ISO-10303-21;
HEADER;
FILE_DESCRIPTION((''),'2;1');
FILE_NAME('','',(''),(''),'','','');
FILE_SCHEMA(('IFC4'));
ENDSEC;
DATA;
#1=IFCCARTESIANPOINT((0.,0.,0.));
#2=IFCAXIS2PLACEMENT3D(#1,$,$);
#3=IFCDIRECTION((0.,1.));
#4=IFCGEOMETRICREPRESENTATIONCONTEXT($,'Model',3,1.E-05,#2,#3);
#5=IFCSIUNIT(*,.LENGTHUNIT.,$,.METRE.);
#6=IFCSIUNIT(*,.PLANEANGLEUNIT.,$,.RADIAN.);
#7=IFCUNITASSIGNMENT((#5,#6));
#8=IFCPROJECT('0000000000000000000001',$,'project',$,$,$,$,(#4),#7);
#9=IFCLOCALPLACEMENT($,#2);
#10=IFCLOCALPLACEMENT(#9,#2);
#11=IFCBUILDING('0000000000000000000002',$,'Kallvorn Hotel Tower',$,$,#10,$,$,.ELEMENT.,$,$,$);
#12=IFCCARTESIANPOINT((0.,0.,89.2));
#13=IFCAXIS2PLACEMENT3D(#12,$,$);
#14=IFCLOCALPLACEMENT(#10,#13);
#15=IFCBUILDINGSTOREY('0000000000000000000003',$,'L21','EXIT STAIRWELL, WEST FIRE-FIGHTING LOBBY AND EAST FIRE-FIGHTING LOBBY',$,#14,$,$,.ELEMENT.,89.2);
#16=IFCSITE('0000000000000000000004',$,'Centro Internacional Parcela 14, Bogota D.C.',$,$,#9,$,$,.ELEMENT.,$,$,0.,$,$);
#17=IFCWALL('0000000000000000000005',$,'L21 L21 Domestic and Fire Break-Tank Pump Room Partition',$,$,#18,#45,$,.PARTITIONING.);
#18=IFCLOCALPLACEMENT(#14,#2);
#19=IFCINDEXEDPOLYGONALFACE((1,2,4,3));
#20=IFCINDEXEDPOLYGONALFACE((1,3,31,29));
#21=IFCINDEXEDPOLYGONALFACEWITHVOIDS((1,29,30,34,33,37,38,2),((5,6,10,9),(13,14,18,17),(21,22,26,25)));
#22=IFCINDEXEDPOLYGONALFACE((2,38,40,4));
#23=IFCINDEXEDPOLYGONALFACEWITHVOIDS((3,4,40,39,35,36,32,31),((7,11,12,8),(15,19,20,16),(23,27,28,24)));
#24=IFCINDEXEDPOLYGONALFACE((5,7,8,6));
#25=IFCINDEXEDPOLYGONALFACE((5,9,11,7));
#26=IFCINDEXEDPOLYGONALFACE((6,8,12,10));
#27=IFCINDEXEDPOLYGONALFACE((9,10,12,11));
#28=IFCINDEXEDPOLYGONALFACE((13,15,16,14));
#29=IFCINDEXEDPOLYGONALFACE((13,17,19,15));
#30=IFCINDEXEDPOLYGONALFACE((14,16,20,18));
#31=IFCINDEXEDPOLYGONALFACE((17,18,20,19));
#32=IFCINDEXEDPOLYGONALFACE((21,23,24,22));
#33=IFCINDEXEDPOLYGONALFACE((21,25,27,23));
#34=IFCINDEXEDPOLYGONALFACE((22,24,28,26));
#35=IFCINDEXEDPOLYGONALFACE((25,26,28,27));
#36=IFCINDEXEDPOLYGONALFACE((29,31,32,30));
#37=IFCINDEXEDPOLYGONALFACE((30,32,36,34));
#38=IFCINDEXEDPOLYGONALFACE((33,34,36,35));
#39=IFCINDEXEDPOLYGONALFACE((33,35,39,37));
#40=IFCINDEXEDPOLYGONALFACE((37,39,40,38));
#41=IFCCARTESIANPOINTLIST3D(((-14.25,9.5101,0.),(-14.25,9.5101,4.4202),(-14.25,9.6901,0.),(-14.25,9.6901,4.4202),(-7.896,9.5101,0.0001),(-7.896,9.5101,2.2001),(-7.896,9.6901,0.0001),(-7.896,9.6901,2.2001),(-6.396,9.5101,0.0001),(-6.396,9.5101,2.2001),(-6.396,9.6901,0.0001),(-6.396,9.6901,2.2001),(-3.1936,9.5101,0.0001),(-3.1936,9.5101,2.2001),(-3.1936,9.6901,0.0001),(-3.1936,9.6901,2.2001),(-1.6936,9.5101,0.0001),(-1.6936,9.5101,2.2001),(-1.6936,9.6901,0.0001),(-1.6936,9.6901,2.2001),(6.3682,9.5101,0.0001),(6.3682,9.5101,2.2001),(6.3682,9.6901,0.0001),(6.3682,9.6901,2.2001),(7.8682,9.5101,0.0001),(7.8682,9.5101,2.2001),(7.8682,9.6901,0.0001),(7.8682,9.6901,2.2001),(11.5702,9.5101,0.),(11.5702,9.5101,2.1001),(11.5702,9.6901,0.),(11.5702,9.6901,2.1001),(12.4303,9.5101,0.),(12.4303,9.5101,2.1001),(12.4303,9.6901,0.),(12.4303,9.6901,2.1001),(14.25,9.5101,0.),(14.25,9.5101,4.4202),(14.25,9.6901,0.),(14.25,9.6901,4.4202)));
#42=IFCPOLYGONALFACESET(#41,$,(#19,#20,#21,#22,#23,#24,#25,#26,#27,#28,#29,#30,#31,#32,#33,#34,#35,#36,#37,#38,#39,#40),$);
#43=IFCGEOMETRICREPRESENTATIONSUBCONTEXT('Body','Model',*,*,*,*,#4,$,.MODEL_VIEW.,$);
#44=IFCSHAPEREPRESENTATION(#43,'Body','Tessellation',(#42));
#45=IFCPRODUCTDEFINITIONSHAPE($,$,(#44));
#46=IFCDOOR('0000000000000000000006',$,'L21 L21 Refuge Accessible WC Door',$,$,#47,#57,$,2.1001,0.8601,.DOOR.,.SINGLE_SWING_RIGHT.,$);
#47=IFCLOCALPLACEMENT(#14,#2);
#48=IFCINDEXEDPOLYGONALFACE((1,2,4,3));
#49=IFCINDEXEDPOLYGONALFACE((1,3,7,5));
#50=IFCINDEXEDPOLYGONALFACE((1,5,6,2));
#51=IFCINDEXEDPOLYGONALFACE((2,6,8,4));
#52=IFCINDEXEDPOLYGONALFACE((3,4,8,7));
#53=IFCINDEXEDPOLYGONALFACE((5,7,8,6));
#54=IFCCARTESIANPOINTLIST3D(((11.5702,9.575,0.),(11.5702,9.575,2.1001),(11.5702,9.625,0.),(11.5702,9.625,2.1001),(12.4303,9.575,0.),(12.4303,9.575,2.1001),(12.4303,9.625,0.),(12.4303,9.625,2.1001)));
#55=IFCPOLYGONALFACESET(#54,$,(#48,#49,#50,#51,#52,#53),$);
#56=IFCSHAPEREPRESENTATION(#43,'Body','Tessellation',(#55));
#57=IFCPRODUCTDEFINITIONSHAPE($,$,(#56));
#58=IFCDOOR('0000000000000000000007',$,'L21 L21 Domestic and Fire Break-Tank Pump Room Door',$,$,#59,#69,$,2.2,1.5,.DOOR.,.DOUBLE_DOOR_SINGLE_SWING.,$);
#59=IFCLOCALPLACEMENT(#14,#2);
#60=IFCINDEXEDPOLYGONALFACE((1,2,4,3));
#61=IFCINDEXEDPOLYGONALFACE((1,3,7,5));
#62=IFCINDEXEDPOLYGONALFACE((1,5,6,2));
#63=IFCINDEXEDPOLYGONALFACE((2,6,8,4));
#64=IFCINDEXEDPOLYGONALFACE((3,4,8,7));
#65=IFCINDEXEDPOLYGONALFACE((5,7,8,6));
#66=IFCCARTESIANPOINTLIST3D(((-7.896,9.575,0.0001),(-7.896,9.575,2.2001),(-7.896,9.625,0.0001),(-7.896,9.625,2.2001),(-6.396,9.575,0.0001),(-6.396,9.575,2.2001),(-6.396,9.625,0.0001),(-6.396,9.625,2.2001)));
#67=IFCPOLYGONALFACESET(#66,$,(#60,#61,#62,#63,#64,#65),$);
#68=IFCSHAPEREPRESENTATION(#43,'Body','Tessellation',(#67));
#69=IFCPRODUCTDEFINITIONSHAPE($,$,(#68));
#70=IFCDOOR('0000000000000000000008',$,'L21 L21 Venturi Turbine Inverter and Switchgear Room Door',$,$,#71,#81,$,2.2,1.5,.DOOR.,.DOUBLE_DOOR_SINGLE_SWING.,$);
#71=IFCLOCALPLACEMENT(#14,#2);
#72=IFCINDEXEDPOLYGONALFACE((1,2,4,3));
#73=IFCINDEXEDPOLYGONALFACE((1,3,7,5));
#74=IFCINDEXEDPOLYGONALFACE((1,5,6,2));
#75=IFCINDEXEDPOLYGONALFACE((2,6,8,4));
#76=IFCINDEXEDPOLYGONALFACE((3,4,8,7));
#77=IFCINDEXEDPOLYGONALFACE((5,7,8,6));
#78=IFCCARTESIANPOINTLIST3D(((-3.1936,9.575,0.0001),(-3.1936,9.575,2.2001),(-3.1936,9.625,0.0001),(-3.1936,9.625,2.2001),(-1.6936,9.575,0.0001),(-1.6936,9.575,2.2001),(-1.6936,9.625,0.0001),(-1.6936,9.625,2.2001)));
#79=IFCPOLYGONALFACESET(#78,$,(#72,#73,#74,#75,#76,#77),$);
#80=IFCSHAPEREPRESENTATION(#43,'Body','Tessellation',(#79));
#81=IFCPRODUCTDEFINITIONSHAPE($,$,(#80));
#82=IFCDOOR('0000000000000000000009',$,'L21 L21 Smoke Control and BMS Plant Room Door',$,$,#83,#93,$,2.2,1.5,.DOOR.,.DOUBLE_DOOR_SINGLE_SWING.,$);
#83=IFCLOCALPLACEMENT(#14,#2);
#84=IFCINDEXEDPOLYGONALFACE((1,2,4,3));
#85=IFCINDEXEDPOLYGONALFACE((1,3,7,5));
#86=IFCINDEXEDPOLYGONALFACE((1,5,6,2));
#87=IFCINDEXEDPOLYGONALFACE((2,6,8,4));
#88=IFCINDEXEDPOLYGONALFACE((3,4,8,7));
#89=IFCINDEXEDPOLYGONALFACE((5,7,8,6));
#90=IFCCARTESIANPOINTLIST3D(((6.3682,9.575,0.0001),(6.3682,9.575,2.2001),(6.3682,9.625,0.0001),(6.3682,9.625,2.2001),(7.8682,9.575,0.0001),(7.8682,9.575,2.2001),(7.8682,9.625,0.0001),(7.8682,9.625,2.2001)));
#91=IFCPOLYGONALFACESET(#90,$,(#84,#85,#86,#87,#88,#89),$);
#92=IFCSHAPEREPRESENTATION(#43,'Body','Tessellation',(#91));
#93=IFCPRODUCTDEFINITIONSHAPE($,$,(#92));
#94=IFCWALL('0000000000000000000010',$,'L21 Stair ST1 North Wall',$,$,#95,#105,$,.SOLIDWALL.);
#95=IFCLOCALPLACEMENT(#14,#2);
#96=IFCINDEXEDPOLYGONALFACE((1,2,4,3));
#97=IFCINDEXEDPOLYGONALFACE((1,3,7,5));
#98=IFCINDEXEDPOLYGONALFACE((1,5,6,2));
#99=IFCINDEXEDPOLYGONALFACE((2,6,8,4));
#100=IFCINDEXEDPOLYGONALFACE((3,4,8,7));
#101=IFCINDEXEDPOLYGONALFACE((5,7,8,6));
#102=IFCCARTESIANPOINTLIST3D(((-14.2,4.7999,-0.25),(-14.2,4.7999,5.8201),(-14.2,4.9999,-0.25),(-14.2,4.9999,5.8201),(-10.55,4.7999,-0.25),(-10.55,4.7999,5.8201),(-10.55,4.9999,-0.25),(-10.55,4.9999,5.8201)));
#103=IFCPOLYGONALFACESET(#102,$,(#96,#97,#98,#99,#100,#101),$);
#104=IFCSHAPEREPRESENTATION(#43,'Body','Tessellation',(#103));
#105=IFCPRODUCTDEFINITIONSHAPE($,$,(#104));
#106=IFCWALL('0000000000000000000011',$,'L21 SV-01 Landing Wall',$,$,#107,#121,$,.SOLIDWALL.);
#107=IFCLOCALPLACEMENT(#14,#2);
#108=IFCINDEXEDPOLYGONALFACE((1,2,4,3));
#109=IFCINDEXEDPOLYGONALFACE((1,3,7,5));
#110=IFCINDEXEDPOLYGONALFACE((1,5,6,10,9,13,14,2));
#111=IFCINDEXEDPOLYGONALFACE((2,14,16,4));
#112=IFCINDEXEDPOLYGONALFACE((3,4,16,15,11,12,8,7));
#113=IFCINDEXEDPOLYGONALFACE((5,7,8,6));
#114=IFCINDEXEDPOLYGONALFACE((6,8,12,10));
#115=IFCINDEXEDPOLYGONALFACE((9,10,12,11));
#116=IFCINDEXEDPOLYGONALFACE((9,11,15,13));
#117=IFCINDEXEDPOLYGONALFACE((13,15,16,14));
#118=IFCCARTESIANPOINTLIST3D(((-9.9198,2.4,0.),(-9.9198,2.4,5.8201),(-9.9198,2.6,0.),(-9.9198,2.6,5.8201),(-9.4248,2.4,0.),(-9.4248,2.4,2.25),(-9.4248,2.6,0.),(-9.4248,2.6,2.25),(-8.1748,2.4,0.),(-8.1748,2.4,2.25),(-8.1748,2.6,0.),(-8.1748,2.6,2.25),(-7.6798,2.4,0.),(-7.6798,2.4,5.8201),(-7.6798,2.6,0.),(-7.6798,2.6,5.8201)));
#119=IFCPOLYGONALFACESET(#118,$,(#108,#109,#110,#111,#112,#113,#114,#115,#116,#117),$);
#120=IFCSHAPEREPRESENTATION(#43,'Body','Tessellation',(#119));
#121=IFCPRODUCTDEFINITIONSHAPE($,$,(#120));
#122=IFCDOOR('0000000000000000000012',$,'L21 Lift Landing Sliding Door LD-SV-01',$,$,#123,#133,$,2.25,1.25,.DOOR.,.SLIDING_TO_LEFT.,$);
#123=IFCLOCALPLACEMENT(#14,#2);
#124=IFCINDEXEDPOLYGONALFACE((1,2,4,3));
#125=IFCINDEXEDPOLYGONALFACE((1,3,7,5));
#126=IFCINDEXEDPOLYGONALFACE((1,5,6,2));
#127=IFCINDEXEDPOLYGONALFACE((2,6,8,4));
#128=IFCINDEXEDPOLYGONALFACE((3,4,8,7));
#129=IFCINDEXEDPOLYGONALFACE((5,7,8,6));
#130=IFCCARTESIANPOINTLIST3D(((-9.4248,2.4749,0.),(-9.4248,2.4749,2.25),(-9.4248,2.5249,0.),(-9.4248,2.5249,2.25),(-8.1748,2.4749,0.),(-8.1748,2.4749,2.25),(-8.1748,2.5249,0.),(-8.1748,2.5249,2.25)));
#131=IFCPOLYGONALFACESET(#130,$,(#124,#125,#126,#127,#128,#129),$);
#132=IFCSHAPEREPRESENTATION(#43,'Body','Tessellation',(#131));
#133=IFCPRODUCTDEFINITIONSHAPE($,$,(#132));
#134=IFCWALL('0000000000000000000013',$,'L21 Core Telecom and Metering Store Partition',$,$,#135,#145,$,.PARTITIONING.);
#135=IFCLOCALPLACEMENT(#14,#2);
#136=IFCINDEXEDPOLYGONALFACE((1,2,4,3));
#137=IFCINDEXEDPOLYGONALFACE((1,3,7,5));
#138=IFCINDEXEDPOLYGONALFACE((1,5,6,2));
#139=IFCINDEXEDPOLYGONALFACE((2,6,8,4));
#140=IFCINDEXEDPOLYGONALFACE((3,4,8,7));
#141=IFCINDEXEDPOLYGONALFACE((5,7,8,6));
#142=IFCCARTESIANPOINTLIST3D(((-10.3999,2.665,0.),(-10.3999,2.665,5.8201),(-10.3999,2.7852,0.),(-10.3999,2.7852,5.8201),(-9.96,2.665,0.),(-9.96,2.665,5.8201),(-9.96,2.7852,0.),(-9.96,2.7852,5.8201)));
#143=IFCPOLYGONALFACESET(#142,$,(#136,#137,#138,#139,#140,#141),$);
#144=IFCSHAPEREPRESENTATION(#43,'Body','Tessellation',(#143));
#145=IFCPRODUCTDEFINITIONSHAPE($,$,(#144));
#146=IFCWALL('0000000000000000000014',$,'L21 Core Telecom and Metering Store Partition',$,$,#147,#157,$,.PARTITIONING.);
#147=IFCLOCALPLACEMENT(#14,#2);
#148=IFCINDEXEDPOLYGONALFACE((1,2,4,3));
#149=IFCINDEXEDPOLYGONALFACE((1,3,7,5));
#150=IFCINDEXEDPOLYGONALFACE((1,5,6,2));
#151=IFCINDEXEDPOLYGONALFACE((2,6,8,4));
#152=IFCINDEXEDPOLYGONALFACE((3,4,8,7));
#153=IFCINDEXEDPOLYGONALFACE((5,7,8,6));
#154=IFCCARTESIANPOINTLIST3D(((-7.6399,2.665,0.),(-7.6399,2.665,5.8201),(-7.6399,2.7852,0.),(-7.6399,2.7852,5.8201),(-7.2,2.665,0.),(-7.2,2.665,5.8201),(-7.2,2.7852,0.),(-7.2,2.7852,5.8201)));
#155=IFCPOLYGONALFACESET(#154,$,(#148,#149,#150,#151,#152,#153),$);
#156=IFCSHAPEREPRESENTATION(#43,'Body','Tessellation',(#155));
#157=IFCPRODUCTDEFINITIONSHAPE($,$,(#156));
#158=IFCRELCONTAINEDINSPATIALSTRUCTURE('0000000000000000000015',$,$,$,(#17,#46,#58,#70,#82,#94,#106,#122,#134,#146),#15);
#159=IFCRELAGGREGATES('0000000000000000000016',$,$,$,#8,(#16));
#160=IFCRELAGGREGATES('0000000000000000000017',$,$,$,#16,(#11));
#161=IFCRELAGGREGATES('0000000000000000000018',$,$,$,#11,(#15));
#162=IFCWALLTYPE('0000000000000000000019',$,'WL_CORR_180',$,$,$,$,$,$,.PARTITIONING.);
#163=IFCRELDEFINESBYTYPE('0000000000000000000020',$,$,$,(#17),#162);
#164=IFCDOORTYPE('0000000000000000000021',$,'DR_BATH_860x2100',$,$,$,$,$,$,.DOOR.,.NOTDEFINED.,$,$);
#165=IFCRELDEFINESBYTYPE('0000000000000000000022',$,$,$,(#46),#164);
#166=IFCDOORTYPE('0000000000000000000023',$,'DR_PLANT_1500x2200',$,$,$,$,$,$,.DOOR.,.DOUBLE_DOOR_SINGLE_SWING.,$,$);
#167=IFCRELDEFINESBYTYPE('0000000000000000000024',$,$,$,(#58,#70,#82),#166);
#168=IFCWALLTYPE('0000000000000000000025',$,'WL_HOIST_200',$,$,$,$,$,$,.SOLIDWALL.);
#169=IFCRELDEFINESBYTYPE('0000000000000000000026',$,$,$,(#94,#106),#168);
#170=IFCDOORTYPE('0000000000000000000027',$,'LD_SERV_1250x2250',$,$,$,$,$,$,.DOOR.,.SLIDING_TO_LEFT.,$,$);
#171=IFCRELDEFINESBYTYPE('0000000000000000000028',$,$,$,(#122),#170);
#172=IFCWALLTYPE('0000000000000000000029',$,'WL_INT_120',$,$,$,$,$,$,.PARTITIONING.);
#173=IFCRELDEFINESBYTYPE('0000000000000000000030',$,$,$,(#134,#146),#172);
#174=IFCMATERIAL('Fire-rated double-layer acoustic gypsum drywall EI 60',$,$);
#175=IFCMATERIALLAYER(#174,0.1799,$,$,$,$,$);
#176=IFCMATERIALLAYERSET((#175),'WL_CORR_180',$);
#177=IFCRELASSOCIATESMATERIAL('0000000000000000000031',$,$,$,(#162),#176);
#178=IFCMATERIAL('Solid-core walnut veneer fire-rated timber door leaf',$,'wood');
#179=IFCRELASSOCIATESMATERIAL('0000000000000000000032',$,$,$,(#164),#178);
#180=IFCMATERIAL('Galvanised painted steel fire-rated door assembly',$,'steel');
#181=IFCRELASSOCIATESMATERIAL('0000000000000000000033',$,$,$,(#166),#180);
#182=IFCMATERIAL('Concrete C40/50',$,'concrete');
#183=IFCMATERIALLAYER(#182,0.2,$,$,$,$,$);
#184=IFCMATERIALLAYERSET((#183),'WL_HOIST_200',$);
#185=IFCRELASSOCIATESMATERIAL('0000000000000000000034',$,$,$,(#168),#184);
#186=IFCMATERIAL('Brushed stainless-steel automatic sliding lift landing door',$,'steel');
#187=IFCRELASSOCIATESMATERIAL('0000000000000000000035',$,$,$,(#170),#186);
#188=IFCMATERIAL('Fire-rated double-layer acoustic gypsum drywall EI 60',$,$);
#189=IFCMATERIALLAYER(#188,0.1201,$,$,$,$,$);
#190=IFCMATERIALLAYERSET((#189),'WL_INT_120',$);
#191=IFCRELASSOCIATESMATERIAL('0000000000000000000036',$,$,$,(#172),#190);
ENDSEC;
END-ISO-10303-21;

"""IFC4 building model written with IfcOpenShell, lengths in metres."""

from ifc_helpers import new_model, si_unit, direction, frame, frame_2d, origin, place, context, subcontext, project, spatial, rectangle, extrude, material, layer, layer_set, type_object, element, fill, save


model = new_model("IFC4")

# Units and contexts
model_context = context("Model", 3, precision=1e-05, world=origin(), true_north=direction((0.0, 1.0)))
body_context = subcontext(model_context, "Body", "Model", "MODEL_VIEW")
ifc_project = project(units=[si_unit("LENGTHUNIT", "METRE"), si_unit("PLANEANGLEUNIT", "RADIAN")], contexts=[model_context])

# Site, building, storey
site_placement = place(None, origin())
site = spatial("IfcSite", under=ifc_project, at=site_placement, Name="Centro Internacional Parcela 14, Bogota D.C.", CompositionType="ELEMENT", RefElevation=0.0)
building_placement = place(site_placement, origin())
building = spatial("IfcBuilding", under=site, at=building_placement, Name="Kallvorn Hotel Tower", CompositionType="ELEMENT")
storey_placement = place(building_placement, frame((0.0, 0.0, 89.2)))
storey = spatial("IfcBuildingStorey", under=building, at=storey_placement, Name="L21", Description="EXIT STAIRWELL, WEST FIRE-FIGHTING LOBBY AND EAST FIRE-FIGHTING LOBBY", CompositionType="ELEMENT", Elevation=89.2)

# Wall, openings, doors
ifc_material_1 = material(Name="Fire-rated double-layer acoustic gypsum drywall EI 60")
ifc_layer_1 = layer(ifc_material_1, 0.1799)
ifc_layer_set_1 = layer_set([ifc_layer_1], Name="WL_CORR_180")
wall_type_1 = type_object("IfcWallType", Name="WL_CORR_180", PredefinedType="PARTITIONING", material=ifc_layer_set_1)
wall_1_placement = place(storey_placement, frame((-14.25, 9.6001, 0.0), z_axis=(0.0, 0.0, 1.0), x_axis=(1.0, 0.0, 0.0)))
wall_1 = element("IfcWall", 1, at=wall_1_placement, inside=storey, type_object=wall_type_1, Name="L21 L21 Domestic and Fire Break-Tank Pump Room Partition", PredefinedType="PARTITIONING", context=body_context, shape_type="SweptSolid", body=[
    extrude(rectangle(XDim=28.5, YDim=0.1799, at=frame_2d((14.25, 0.0))), origin(), (0.0, 0.0, 1.0), 4.4202),
])
opening_1_placement = place(wall_1_placement, frame((6.354, 0.0, 0.0)))
opening_1 = element("IfcOpeningElement", 2, at=opening_1_placement, cuts=wall_1, PredefinedType="OPENING", context=body_context, shape_type="SweptSolid", body=[
    extrude(rectangle(XDim=1.5, YDim=2.2, at=frame_2d((0.75, 1.1001))), frame((0.0, 0.1047, 0.0), z_axis=(0.0, -1.0, 0.0), x_axis=(1.0, 0.0, 0.0)), (0.0, 0.0, 1.0), 0.21),
])
opening_2_placement = place(wall_1_placement, frame((11.0564, 0.0, 0.0)))
opening_2 = element("IfcOpeningElement", 3, at=opening_2_placement, cuts=wall_1, PredefinedType="OPENING", context=body_context, shape_type="SweptSolid", body=[
    extrude(rectangle(XDim=1.5, YDim=2.2, at=frame_2d((0.75, 1.1001))), frame((0.0, 0.1047, 0.0), z_axis=(0.0, -1.0, 0.0), x_axis=(1.0, 0.0, 0.0)), (0.0, 0.0, 1.0), 0.21),
])
opening_3_placement = place(wall_1_placement, frame((20.6182, 0.0, 0.0)))
opening_3 = element("IfcOpeningElement", 4, at=opening_3_placement, cuts=wall_1, PredefinedType="OPENING", context=body_context, shape_type="SweptSolid", body=[
    extrude(rectangle(XDim=1.5, YDim=2.2, at=frame_2d((0.75, 1.1001))), frame((0.0, 0.1047, 0.0), z_axis=(0.0, -1.0, 0.0), x_axis=(1.0, 0.0, 0.0)), (0.0, 0.0, 1.0), 0.21),
])
opening_4_placement = place(wall_1_placement, frame((25.8201, 0.0, 0.0)))
opening_4 = element("IfcOpeningElement", 5, at=opening_4_placement, cuts=wall_1, PredefinedType="OPENING", context=body_context, shape_type="SweptSolid", body=[
    extrude(rectangle(XDim=0.8601, YDim=2.1001, at=frame_2d((0.4302, 1.05))), frame((0.0, 0.1047, 0.0), z_axis=(0.0, -1.0, 0.0), x_axis=(1.0, 0.0, 0.0)), (0.0, 0.0, 1.0), 0.21),
])
ifc_material_2 = material(Name="Solid-core walnut veneer fire-rated timber door leaf", Category="wood")
door_type_1 = type_object("IfcDoorType", Name="DR_BATH_860x2100", OperationType="NOTDEFINED", PredefinedType="DOOR", material=ifc_material_2)
door_1_placement = place(opening_4_placement, origin())
door_1 = element("IfcDoor", 6, at=door_1_placement, inside=storey, type_object=door_type_1, Name="L21 L21 Refuge Accessible WC Door", OperationType="SINGLE_SWING_RIGHT", OverallHeight=2.1001, OverallWidth=0.8601, PredefinedType="DOOR", context=body_context, shape_type="SweptSolid", body=[
    extrude(rectangle(XDim=0.8601, YDim=2.1001, at=frame_2d((0.4302, 1.05))), frame((0.0, 0.0249, 0.0), z_axis=(0.0, -1.0, 0.0), x_axis=(1.0, 0.0, 0.0)), (0.0, 0.0, 1.0), 0.05),
])
fill(opening_4, door_1)
ifc_material_3 = material(Name="Galvanised painted steel fire-rated door assembly", Category="steel")
door_type_2 = type_object("IfcDoorType", Name="DR_PLANT_1500x2200", OperationType="DOUBLE_DOOR_SINGLE_SWING", PredefinedType="DOOR", material=ifc_material_3)
door_2_placement = place(opening_1_placement, origin())
door_2 = element("IfcDoor", 7, at=door_2_placement, inside=storey, type_object=door_type_2, Name="L21 L21 Domestic and Fire Break-Tank Pump Room Door", OperationType="DOUBLE_DOOR_SINGLE_SWING", OverallHeight=2.2, OverallWidth=1.5, PredefinedType="DOOR", context=body_context, shape_type="SweptSolid", body=[
    extrude(rectangle(XDim=1.5, YDim=2.2, at=frame_2d((0.75, 1.1001))), frame((0.0, 0.0249, 0.0), z_axis=(0.0, -1.0, 0.0), x_axis=(1.0, 0.0, 0.0)), (0.0, 0.0, 1.0), 0.05),
])
fill(opening_1, door_2)
door_3_placement = place(opening_2_placement, origin())
door_3 = element("IfcDoor", 8, at=door_3_placement, inside=storey, type_object=door_type_2, Name="L21 L21 Venturi Turbine Inverter and Switchgear Room Door", OperationType="DOUBLE_DOOR_SINGLE_SWING", OverallHeight=2.2, OverallWidth=1.5, PredefinedType="DOOR", context=body_context, shape_type="SweptSolid", body=[
    extrude(rectangle(XDim=1.5, YDim=2.2, at=frame_2d((0.75, 1.1001))), frame((0.0, 0.0249, 0.0), z_axis=(0.0, -1.0, 0.0), x_axis=(1.0, 0.0, 0.0)), (0.0, 0.0, 1.0), 0.05),
])
fill(opening_2, door_3)
door_4_placement = place(opening_3_placement, origin())
door_4 = element("IfcDoor", 9, at=door_4_placement, inside=storey, type_object=door_type_2, Name="L21 L21 Smoke Control and BMS Plant Room Door", OperationType="DOUBLE_DOOR_SINGLE_SWING", OverallHeight=2.2, OverallWidth=1.5, PredefinedType="DOOR", context=body_context, shape_type="SweptSolid", body=[
    extrude(rectangle(XDim=1.5, YDim=2.2, at=frame_2d((0.75, 1.1001))), frame((0.0, 0.0249, 0.0), z_axis=(0.0, -1.0, 0.0), x_axis=(1.0, 0.0, 0.0)), (0.0, 0.0, 1.0), 0.05),
])
fill(opening_3, door_4)

# Wall
ifc_material_4 = material(Name="Concrete C40/50", Category="concrete")
ifc_layer_2 = layer(ifc_material_4, 0.2)
ifc_layer_set_2 = layer_set([ifc_layer_2], Name="WL_HOIST_200")
wall_type_2 = type_object("IfcWallType", Name="WL_HOIST_200", PredefinedType="SOLIDWALL", material=ifc_layer_set_2)
wall_2_placement = place(storey_placement, frame((-14.2, 4.8999, -0.25), z_axis=(0.0, 0.0, 1.0), x_axis=(1.0, 0.0, 0.0)))
element("IfcWall", 10, at=wall_2_placement, inside=storey, type_object=wall_type_2, Name="L21 Stair ST1 North Wall", PredefinedType="SOLIDWALL", context=body_context, shape_type="SweptSolid", body=[
    extrude(rectangle(XDim=3.6499, YDim=0.2, at=frame_2d((1.825, 0.0))), origin(), (0.0, 0.0, 1.0), 6.0701),
])

# Wall, opening, door
wall_3_placement = place(storey_placement, frame((-9.9199, 2.5, 0.0), z_axis=(0.0, 0.0, 1.0), x_axis=(1.0, 0.0, 0.0)))
wall_3 = element("IfcWall", 11, at=wall_3_placement, inside=storey, type_object=wall_type_2, Name="L21 SV-01 Landing Wall", PredefinedType="SOLIDWALL", context=body_context, shape_type="SweptSolid", body=[
    extrude(rectangle(XDim=2.24, YDim=0.2, at=frame_2d((1.1201, 0.0))), origin(), (0.0, 0.0, 1.0), 5.8201),
])
opening_5_placement = place(wall_3_placement, frame((0.4951, 0.0, 0.0)))
opening_5 = element("IfcOpeningElement", 12, at=opening_5_placement, cuts=wall_3, PredefinedType="OPENING", context=body_context, shape_type="SweptSolid", body=[
    extrude(rectangle(XDim=1.25, YDim=2.25, at=frame_2d((0.625, 1.125))), frame((0.0, 0.115, 0.0), z_axis=(0.0, -1.0, 0.0), x_axis=(1.0, 0.0, 0.0)), (0.0, 0.0, 1.0), 0.23),
])
ifc_material_5 = material(Name="Brushed stainless-steel automatic sliding lift landing door", Category="steel")
door_type_3 = type_object("IfcDoorType", Name="LD_SERV_1250x2250", OperationType="SLIDING_TO_LEFT", PredefinedType="DOOR", material=ifc_material_5)
door_5_placement = place(opening_5_placement, origin())
door_5 = element("IfcDoor", 13, at=door_5_placement, inside=storey, type_object=door_type_3, Name="L21 Lift Landing Sliding Door LD-SV-01", OperationType="SLIDING_TO_LEFT", OverallHeight=2.25, OverallWidth=1.25, PredefinedType="DOOR", context=body_context, shape_type="SweptSolid", body=[
    extrude(rectangle(XDim=1.25, YDim=2.25, at=frame_2d((0.625, 1.125))), frame((0.0, 0.0249, 0.0), z_axis=(0.0, -1.0, 0.0), x_axis=(1.0, 0.0, 0.0)), (0.0, 0.0, 1.0), 0.05),
])
fill(opening_5, door_5)

# Walls
ifc_material_6 = material(Name="Fire-rated double-layer acoustic gypsum drywall EI 60")
ifc_layer_3 = layer(ifc_material_6, 0.1201)
ifc_layer_set_3 = layer_set([ifc_layer_3], Name="WL_INT_120")
wall_type_3 = type_object("IfcWallType", Name="WL_INT_120", PredefinedType="PARTITIONING", material=ifc_layer_set_3)
for number, where, z_axis, x_axis, name in (
    (14, (-10.3999, 2.7251, 0.0), (0.0, 0.0, 1.0), (1.0, 0.0, 0.0), "L21 Core Telecom and Metering Store Partition"),
    (15, (-7.6399, 2.7251, 0.0), (0.0, 0.0, 1.0), (1.0, 0.0, 0.0), "L21 Core Telecom and Metering Store Partition"),
):
    element("IfcWall", number, at=place(storey_placement, frame(where, z_axis=z_axis, x_axis=x_axis)), inside=storey, type_object=wall_type_3, Name=name, PredefinedType="PARTITIONING", context=body_context, shape_type="SweptSolid", body=[
        extrude(rectangle(XDim=0.4399, YDim=0.1201, at=frame_2d((0.22, 0.0))), origin(), (0.0, 0.0, 1.0), 5.8201),
    ])

save(model, "model.ifc")
